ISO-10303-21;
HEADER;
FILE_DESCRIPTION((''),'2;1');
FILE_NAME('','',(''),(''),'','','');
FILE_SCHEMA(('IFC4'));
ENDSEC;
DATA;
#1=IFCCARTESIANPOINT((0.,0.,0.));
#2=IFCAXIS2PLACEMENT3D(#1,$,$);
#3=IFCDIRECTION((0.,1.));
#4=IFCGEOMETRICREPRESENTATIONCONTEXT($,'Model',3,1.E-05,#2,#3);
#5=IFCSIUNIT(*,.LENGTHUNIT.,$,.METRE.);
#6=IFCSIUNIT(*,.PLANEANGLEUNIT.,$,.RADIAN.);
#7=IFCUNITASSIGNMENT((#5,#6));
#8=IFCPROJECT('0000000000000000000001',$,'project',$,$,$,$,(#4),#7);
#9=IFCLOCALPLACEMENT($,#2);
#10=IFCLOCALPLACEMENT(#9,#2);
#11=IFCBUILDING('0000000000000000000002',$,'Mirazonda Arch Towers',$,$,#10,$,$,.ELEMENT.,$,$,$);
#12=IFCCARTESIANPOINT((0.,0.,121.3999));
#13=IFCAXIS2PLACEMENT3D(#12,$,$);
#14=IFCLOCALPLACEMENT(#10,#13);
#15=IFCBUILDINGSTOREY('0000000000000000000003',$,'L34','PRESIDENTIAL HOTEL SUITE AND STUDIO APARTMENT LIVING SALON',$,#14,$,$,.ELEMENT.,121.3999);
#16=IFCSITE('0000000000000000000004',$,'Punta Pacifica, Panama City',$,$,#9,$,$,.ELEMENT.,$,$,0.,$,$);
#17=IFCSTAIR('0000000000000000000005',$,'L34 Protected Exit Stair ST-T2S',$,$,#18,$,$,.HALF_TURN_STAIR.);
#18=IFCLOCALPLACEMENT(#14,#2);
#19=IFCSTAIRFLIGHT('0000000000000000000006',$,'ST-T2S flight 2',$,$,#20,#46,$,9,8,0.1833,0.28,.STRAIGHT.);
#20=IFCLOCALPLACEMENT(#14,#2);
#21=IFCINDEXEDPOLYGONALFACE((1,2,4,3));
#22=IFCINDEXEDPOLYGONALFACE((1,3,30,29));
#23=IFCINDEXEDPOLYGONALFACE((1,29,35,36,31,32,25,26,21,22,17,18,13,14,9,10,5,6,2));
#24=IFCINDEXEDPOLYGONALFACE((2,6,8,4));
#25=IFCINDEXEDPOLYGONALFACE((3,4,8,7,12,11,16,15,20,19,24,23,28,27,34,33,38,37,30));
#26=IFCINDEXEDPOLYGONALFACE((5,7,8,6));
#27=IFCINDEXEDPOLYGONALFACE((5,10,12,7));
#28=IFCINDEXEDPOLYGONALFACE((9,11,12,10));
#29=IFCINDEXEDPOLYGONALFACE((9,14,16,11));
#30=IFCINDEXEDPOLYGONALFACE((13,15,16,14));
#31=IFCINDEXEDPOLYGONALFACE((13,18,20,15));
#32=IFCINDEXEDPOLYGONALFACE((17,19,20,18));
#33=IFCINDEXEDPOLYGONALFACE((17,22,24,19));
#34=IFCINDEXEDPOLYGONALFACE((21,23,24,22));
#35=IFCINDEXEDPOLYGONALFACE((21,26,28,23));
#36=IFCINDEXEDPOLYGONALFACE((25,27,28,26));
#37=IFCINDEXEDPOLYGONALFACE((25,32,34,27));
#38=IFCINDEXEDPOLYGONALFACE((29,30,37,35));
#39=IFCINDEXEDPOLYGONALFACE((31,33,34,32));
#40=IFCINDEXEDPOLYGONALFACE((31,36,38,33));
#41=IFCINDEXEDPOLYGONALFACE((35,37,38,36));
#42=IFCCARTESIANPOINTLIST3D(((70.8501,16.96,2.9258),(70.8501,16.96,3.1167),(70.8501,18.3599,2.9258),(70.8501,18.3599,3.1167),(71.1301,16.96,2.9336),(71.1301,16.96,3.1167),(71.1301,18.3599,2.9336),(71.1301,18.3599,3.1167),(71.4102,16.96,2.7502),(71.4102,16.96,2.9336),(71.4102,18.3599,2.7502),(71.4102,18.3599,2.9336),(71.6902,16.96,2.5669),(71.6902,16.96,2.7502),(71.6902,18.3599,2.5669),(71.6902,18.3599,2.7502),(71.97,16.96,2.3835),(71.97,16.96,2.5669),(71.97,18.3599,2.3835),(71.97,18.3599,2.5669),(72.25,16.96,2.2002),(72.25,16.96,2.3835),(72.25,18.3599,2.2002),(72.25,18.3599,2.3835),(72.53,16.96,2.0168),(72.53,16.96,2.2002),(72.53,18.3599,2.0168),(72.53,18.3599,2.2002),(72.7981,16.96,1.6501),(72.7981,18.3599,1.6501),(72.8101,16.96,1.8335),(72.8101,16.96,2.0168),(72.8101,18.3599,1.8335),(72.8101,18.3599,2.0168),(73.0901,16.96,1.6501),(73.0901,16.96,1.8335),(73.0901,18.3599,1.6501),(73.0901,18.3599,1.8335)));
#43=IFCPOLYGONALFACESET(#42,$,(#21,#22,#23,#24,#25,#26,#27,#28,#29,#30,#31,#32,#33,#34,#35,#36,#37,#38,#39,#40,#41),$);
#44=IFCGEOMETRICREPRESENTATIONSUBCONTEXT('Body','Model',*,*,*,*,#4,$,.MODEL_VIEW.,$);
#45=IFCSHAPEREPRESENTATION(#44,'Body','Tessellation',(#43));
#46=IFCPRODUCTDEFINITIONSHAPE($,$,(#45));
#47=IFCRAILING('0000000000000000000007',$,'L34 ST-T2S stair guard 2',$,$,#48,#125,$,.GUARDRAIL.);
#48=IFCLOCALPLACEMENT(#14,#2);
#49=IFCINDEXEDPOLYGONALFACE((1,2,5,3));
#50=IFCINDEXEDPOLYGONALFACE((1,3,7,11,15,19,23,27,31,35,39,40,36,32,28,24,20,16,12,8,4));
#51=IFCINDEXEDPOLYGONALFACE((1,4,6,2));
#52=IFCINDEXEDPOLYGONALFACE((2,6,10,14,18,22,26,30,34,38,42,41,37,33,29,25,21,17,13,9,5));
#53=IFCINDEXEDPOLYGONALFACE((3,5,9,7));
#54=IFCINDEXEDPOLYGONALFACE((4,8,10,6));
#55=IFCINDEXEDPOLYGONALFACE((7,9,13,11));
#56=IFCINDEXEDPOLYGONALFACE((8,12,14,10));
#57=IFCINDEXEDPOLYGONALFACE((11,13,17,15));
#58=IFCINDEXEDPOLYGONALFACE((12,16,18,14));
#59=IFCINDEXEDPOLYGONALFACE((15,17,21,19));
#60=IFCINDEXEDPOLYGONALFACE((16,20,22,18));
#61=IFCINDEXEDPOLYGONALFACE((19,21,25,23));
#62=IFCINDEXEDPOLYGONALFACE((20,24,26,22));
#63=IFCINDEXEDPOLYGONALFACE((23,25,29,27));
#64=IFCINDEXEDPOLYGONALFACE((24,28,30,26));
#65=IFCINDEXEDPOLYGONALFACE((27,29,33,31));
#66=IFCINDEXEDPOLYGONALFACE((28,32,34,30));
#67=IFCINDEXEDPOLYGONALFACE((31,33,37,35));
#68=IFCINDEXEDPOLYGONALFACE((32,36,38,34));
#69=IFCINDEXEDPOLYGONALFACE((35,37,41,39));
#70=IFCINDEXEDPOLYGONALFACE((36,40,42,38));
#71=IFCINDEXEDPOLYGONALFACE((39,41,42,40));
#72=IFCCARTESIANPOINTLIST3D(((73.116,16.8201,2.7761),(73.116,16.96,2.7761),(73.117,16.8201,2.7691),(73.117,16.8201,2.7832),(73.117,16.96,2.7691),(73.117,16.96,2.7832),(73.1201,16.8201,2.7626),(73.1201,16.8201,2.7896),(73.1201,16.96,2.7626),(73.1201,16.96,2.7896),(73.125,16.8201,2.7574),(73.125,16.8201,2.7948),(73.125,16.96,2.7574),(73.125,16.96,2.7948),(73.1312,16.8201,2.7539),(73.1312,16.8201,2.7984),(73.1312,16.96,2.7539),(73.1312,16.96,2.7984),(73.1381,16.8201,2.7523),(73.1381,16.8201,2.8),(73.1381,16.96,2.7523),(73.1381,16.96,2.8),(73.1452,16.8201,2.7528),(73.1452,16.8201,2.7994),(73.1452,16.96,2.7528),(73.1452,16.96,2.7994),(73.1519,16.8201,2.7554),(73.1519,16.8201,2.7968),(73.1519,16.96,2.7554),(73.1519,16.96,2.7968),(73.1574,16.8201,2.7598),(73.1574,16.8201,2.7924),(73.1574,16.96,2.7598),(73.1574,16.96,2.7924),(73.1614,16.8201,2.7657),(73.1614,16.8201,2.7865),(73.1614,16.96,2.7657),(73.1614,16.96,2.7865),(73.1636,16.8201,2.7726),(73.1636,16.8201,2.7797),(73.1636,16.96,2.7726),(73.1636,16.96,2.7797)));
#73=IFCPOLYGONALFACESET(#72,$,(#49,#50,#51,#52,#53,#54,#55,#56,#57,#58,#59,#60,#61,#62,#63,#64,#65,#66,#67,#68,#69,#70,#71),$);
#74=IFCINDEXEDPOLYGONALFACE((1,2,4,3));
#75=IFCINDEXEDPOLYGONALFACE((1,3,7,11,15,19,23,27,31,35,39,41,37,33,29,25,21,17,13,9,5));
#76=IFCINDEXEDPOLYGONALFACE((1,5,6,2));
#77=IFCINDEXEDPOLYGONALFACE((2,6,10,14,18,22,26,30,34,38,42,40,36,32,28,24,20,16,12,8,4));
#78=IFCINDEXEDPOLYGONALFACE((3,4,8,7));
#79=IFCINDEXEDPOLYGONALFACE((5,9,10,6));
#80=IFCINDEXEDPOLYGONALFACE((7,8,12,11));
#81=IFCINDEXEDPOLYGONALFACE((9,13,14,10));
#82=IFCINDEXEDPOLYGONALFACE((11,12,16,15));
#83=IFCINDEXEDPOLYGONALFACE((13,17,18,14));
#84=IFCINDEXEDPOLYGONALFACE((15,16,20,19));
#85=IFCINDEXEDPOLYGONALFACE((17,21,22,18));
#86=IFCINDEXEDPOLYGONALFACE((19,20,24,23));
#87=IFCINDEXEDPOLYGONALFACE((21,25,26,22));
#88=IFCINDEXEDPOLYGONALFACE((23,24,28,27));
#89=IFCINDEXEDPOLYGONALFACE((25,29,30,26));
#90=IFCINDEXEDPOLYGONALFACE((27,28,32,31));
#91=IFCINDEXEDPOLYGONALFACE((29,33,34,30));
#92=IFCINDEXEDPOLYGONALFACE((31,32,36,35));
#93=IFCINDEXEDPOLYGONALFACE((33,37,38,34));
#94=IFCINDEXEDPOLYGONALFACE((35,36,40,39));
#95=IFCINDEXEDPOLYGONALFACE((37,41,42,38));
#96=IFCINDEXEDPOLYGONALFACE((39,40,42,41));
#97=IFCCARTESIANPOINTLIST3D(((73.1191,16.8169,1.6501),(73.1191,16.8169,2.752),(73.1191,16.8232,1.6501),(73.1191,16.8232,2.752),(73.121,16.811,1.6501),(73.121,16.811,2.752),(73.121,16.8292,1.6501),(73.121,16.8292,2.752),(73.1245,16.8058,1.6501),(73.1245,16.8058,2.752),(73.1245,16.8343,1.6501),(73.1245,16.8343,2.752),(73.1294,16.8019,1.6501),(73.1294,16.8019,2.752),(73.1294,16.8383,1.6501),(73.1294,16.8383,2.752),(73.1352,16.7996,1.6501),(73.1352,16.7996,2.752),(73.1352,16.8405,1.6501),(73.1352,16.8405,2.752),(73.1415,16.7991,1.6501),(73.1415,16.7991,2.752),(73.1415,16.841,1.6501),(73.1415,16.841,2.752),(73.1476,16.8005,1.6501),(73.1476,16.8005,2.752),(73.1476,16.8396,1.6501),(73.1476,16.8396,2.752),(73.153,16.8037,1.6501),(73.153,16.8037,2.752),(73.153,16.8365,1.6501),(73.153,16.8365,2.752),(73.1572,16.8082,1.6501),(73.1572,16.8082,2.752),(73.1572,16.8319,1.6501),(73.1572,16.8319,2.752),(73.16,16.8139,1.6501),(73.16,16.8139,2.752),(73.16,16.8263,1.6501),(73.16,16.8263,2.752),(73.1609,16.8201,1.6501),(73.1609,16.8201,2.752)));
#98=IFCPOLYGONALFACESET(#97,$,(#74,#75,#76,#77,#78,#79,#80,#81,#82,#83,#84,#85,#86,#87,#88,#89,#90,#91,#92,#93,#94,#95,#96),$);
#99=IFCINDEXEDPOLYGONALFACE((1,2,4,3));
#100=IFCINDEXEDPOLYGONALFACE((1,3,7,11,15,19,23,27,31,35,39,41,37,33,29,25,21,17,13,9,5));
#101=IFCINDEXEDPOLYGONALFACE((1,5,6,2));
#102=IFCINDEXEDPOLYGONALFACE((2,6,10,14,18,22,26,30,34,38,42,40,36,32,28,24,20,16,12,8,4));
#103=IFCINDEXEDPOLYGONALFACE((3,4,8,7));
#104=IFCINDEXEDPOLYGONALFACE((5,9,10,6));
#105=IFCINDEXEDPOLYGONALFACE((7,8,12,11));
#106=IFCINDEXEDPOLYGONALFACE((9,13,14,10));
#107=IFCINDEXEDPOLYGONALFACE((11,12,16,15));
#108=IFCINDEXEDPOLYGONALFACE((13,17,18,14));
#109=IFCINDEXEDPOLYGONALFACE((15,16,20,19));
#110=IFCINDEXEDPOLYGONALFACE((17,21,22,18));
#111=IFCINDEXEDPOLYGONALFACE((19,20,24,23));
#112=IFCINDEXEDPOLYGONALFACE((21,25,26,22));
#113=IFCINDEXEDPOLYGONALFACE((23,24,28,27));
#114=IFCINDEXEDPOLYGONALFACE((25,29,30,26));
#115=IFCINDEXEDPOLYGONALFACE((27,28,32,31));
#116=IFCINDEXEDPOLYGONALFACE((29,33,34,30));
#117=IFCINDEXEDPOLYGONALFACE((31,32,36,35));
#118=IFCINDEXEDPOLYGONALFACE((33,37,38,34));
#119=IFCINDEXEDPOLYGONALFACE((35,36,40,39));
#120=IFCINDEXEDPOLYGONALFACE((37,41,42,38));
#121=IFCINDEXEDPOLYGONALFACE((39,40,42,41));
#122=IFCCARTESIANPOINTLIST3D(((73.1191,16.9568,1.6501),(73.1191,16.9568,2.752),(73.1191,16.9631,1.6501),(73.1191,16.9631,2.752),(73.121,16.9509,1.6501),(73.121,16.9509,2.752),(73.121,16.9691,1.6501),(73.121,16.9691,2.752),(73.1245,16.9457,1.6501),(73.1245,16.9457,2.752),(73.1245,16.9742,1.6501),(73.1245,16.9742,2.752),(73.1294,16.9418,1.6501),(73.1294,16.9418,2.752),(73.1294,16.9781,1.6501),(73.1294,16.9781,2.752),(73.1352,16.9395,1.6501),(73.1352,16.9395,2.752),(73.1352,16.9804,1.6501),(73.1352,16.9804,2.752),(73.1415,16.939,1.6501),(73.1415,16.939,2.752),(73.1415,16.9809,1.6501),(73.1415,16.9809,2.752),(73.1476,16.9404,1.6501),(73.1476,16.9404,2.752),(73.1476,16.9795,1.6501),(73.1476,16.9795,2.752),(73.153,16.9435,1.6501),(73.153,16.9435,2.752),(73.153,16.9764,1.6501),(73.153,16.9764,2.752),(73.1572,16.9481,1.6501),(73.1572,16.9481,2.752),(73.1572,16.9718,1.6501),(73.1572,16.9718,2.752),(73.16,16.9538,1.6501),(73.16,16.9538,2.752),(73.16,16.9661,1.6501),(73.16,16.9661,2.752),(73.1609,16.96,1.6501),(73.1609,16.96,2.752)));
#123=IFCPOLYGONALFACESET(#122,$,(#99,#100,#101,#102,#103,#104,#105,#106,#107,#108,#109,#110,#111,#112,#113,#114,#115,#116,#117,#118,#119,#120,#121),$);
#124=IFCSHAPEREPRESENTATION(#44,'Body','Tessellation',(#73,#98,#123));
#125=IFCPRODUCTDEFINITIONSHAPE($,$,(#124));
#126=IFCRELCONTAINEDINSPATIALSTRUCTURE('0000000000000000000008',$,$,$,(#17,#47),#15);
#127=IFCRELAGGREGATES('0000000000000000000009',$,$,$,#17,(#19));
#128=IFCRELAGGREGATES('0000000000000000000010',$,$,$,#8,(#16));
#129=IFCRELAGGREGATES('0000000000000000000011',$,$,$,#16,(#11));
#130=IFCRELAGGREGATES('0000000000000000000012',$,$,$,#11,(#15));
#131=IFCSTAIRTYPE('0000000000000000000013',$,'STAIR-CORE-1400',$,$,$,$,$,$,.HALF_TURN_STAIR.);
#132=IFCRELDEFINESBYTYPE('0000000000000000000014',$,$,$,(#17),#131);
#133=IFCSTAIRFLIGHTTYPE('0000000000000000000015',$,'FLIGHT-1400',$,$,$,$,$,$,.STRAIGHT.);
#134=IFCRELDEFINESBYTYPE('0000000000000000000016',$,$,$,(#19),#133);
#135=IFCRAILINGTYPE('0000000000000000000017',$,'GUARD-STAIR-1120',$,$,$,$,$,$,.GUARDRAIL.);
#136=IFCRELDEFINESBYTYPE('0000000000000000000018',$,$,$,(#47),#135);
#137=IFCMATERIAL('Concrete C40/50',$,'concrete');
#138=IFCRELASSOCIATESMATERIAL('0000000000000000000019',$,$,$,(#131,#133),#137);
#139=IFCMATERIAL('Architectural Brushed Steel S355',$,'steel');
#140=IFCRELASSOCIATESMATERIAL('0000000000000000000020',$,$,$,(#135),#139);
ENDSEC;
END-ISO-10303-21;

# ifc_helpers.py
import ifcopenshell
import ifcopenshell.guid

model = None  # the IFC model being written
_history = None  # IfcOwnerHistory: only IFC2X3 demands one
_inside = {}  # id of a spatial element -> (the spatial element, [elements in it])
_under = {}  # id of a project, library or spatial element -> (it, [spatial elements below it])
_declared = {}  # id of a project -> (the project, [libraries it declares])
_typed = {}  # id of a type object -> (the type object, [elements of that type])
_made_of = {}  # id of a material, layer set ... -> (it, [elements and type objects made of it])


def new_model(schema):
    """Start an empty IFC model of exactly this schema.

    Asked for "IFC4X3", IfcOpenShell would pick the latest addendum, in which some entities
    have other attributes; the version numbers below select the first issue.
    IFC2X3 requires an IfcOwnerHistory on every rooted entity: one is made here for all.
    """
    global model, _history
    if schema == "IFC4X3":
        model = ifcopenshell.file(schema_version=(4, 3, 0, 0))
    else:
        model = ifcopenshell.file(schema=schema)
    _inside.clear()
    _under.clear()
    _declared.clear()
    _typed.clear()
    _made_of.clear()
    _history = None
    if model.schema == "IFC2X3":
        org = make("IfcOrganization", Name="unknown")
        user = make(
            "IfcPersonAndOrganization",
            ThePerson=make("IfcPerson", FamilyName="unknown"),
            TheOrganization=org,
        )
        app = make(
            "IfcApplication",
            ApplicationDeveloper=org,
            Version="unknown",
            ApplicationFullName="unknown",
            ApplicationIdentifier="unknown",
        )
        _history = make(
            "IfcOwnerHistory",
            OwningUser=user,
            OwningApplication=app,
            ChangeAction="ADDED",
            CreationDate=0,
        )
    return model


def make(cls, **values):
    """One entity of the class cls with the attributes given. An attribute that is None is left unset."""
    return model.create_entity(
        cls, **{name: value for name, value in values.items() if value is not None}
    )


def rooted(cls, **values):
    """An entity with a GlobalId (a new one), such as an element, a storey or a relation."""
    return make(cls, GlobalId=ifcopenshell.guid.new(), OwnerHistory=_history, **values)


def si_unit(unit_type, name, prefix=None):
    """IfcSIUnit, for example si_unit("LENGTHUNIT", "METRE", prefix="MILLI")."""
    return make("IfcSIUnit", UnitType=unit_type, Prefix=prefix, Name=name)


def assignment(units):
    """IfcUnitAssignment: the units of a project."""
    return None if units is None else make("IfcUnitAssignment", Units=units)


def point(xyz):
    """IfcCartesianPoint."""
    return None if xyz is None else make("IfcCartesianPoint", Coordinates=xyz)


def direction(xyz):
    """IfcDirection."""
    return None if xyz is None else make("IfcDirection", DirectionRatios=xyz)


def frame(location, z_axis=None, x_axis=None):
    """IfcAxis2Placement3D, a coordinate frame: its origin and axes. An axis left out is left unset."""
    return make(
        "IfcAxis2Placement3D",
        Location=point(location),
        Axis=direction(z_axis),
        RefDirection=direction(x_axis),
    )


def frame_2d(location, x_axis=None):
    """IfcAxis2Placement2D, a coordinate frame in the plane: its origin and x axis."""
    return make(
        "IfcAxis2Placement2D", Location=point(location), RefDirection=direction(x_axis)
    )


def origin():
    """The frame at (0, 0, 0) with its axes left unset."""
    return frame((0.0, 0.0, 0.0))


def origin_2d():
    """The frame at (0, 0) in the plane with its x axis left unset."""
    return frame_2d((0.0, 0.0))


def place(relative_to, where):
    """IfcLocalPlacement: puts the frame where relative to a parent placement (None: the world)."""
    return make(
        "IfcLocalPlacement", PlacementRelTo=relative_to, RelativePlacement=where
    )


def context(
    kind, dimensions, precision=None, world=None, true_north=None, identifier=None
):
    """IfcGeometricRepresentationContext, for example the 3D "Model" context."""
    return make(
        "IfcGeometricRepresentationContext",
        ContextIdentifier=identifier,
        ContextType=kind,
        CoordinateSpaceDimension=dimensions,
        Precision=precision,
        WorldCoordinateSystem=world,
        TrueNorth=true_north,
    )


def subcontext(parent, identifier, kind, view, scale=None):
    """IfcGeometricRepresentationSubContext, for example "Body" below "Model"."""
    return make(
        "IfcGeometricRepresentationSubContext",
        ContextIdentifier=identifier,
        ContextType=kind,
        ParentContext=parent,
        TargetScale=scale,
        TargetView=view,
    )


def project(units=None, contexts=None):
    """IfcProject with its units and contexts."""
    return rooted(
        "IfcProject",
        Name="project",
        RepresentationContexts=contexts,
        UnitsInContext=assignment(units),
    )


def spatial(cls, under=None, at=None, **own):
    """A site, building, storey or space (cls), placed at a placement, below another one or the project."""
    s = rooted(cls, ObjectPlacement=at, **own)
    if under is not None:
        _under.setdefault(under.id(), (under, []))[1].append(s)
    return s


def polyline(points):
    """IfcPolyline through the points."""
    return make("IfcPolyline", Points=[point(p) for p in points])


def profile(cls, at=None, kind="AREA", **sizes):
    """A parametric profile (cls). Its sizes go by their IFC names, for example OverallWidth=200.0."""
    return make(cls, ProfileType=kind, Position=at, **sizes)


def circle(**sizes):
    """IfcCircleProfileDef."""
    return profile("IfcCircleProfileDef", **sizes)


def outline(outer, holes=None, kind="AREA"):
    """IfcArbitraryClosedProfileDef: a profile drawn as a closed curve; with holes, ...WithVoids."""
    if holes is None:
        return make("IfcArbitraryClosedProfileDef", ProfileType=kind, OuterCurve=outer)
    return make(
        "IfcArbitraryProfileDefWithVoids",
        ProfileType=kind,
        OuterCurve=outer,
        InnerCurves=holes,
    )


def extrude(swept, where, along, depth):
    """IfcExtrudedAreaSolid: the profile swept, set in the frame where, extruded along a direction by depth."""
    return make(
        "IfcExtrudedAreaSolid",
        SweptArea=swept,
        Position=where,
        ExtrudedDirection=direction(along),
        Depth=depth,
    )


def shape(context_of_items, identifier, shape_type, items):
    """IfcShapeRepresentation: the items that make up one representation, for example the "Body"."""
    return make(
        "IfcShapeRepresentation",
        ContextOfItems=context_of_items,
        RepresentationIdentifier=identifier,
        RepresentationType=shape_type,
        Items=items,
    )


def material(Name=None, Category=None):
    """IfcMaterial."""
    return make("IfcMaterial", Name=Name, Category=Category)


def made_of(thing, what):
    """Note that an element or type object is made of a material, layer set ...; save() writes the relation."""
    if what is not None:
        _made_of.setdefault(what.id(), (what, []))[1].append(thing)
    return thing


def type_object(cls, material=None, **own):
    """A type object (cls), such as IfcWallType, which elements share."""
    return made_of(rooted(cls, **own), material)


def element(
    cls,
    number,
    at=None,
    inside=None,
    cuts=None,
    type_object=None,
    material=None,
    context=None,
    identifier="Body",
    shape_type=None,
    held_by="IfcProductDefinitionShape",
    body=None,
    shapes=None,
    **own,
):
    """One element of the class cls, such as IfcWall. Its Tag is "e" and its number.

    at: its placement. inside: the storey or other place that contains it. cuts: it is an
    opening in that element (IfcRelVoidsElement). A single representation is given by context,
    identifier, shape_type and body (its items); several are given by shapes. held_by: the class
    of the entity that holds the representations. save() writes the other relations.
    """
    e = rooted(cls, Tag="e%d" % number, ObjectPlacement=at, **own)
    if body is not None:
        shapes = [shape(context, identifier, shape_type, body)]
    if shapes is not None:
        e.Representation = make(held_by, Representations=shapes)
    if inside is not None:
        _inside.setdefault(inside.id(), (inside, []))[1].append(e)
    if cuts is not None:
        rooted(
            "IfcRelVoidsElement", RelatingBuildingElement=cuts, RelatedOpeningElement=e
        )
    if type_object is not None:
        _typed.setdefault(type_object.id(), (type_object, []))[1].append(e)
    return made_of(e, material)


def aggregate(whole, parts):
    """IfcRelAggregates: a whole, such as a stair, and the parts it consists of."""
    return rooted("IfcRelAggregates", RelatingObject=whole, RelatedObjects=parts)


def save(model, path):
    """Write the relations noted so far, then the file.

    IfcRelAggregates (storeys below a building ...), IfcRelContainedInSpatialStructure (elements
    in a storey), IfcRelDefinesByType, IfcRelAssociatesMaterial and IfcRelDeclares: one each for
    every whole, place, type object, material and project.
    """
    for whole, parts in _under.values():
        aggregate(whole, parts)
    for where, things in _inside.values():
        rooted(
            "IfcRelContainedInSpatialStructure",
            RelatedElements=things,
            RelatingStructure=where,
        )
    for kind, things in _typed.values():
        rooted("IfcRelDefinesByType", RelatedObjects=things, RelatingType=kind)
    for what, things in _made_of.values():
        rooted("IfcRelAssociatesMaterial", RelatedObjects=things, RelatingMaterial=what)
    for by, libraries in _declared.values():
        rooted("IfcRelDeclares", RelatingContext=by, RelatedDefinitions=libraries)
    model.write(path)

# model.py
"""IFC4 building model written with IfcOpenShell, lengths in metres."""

from ifc_helpers import new_model, si_unit, direction, frame, origin, origin_2d, place, context, subcontext, project, spatial, polyline, circle, outline, extrude, material, type_object, element, aggregate, save


model = new_model("IFC4")

# Units and contexts
model_context = context("Model", 3, precision=1e-05, world=origin(), true_north=direction((0.0, 1.0)))
body_context = subcontext(model_context, "Body", "Model", "MODEL_VIEW")
ifc_project = project(units=[si_unit("LENGTHUNIT", "METRE"), si_unit("PLANEANGLEUNIT", "RADIAN")], contexts=[model_context])

# Site, building, storey
site_placement = place(None, origin())
site = spatial("IfcSite", under=ifc_project, at=site_placement, Name="Punta Pacifica, Panama City", CompositionType="ELEMENT", RefElevation=0.0)
building_placement = place(site_placement, origin())
building = spatial("IfcBuilding", under=site, at=building_placement, Name="Mirazonda Arch Towers", CompositionType="ELEMENT")
storey_placement = place(building_placement, frame((0.0, 0.0, 121.3999)))
storey = spatial("IfcBuildingStorey", under=building, at=storey_placement, Name="L34", Description="PRESIDENTIAL HOTEL SUITE AND STUDIO APARTMENT LIVING SALON", CompositionType="ELEMENT", Elevation=121.3999)

# Shared definitions
ifc_material_1 = material(Name="Concrete C40/50", Category="concrete")

# Stair, stair flight
stair_type = type_object("IfcStairType", Name="STAIR-CORE-1400", PredefinedType="HALF_TURN_STAIR", material=ifc_material_1)
stair_placement = place(storey_placement, origin())
stair = element("IfcStair", 1, at=stair_placement, inside=storey, type_object=stair_type, Name="L34 Protected Exit Stair ST-T2S", PredefinedType="HALF_TURN_STAIR")
stair_flight_type = type_object("IfcStairFlightType", Name="FLIGHT-1400", PredefinedType="STRAIGHT", material=ifc_material_1)
stair_flight_placement = place(storey_placement, frame((73.0901, 17.6599, 1.6501), z_axis=(0.0, 0.0, 1.0), x_axis=(-1.0, 0.0, 0.0)))
stair_flight = element("IfcStairFlight", 2, at=stair_flight_placement, type_object=stair_flight_type, Name="ST-T2S flight 2", NumberOfRisers=9, NumberOfTreads=8, PredefinedType="STRAIGHT", RiserHeight=0.1833, TreadLength=0.28, context=body_context, shape_type="SweptSolid", body=[
    extrude(outline(polyline([(0.0, 0.0), (0.0, 0.1833), (0.28, 0.1833), (0.28, 0.3667), (0.5601, 0.3667), (0.5601, 0.55), (0.8401, 0.55), (0.8401, 0.7334), (1.1201, 0.7334), (1.1201, 0.9167), (1.3999, 0.9167), (1.3999, 1.1001), (1.6799, 1.1001), (1.6799, 1.2834), (1.96, 1.2834), (1.96, 1.4666), (2.24, 1.4666), (2.24, 1.6499), (2.24, 1.2756), (0.292, 0.0), (0.0, 0.0)])), frame((0.0, 0.7, 0.0), z_axis=(0.0, -1.0, 0.0), x_axis=(1.0, 0.0, 0.0)), (0.0, 0.0, 1.0), 1.3999),
])
aggregate(stair, [stair_flight])

# Railing
ifc_material_2 = material(Name="Architectural Brushed Steel S355", Category="steel")
railing_type_1 = type_object("IfcRailingType", Name="GUARD-STAIR-1120", PredefinedType="GUARDRAIL", material=ifc_material_2)
railing_1_placement = place(storey_placement, frame((73.1399, 16.8201, 1.6501)))
element("IfcRailing", 3, at=railing_1_placement, inside=storey, type_object=railing_type_1, Name="L34 ST-T2S stair guard 2", PredefinedType="GUARDRAIL", context=body_context, shape_type="SweptSolid", body=[
    extrude(circle(Radius=0.0239, at=origin_2d()), frame((0.0, 0.0, 1.126), z_axis=(0.0, 1.0, 0.0), x_axis=(-1.0, 0.0, 0.0)), (0.0, 0.0, 1.0), 0.1399),
    extrude(circle(Radius=0.021, at=origin_2d()), origin(), (0.0, 0.0, 1.0), 1.1018),
    extrude(circle(Radius=0.021, at=origin_2d()), frame((0.0, 0.1399, 0.0)), (0.0, 0.0, 1.0), 1.1018),
])

save(model, "model.ifc")
